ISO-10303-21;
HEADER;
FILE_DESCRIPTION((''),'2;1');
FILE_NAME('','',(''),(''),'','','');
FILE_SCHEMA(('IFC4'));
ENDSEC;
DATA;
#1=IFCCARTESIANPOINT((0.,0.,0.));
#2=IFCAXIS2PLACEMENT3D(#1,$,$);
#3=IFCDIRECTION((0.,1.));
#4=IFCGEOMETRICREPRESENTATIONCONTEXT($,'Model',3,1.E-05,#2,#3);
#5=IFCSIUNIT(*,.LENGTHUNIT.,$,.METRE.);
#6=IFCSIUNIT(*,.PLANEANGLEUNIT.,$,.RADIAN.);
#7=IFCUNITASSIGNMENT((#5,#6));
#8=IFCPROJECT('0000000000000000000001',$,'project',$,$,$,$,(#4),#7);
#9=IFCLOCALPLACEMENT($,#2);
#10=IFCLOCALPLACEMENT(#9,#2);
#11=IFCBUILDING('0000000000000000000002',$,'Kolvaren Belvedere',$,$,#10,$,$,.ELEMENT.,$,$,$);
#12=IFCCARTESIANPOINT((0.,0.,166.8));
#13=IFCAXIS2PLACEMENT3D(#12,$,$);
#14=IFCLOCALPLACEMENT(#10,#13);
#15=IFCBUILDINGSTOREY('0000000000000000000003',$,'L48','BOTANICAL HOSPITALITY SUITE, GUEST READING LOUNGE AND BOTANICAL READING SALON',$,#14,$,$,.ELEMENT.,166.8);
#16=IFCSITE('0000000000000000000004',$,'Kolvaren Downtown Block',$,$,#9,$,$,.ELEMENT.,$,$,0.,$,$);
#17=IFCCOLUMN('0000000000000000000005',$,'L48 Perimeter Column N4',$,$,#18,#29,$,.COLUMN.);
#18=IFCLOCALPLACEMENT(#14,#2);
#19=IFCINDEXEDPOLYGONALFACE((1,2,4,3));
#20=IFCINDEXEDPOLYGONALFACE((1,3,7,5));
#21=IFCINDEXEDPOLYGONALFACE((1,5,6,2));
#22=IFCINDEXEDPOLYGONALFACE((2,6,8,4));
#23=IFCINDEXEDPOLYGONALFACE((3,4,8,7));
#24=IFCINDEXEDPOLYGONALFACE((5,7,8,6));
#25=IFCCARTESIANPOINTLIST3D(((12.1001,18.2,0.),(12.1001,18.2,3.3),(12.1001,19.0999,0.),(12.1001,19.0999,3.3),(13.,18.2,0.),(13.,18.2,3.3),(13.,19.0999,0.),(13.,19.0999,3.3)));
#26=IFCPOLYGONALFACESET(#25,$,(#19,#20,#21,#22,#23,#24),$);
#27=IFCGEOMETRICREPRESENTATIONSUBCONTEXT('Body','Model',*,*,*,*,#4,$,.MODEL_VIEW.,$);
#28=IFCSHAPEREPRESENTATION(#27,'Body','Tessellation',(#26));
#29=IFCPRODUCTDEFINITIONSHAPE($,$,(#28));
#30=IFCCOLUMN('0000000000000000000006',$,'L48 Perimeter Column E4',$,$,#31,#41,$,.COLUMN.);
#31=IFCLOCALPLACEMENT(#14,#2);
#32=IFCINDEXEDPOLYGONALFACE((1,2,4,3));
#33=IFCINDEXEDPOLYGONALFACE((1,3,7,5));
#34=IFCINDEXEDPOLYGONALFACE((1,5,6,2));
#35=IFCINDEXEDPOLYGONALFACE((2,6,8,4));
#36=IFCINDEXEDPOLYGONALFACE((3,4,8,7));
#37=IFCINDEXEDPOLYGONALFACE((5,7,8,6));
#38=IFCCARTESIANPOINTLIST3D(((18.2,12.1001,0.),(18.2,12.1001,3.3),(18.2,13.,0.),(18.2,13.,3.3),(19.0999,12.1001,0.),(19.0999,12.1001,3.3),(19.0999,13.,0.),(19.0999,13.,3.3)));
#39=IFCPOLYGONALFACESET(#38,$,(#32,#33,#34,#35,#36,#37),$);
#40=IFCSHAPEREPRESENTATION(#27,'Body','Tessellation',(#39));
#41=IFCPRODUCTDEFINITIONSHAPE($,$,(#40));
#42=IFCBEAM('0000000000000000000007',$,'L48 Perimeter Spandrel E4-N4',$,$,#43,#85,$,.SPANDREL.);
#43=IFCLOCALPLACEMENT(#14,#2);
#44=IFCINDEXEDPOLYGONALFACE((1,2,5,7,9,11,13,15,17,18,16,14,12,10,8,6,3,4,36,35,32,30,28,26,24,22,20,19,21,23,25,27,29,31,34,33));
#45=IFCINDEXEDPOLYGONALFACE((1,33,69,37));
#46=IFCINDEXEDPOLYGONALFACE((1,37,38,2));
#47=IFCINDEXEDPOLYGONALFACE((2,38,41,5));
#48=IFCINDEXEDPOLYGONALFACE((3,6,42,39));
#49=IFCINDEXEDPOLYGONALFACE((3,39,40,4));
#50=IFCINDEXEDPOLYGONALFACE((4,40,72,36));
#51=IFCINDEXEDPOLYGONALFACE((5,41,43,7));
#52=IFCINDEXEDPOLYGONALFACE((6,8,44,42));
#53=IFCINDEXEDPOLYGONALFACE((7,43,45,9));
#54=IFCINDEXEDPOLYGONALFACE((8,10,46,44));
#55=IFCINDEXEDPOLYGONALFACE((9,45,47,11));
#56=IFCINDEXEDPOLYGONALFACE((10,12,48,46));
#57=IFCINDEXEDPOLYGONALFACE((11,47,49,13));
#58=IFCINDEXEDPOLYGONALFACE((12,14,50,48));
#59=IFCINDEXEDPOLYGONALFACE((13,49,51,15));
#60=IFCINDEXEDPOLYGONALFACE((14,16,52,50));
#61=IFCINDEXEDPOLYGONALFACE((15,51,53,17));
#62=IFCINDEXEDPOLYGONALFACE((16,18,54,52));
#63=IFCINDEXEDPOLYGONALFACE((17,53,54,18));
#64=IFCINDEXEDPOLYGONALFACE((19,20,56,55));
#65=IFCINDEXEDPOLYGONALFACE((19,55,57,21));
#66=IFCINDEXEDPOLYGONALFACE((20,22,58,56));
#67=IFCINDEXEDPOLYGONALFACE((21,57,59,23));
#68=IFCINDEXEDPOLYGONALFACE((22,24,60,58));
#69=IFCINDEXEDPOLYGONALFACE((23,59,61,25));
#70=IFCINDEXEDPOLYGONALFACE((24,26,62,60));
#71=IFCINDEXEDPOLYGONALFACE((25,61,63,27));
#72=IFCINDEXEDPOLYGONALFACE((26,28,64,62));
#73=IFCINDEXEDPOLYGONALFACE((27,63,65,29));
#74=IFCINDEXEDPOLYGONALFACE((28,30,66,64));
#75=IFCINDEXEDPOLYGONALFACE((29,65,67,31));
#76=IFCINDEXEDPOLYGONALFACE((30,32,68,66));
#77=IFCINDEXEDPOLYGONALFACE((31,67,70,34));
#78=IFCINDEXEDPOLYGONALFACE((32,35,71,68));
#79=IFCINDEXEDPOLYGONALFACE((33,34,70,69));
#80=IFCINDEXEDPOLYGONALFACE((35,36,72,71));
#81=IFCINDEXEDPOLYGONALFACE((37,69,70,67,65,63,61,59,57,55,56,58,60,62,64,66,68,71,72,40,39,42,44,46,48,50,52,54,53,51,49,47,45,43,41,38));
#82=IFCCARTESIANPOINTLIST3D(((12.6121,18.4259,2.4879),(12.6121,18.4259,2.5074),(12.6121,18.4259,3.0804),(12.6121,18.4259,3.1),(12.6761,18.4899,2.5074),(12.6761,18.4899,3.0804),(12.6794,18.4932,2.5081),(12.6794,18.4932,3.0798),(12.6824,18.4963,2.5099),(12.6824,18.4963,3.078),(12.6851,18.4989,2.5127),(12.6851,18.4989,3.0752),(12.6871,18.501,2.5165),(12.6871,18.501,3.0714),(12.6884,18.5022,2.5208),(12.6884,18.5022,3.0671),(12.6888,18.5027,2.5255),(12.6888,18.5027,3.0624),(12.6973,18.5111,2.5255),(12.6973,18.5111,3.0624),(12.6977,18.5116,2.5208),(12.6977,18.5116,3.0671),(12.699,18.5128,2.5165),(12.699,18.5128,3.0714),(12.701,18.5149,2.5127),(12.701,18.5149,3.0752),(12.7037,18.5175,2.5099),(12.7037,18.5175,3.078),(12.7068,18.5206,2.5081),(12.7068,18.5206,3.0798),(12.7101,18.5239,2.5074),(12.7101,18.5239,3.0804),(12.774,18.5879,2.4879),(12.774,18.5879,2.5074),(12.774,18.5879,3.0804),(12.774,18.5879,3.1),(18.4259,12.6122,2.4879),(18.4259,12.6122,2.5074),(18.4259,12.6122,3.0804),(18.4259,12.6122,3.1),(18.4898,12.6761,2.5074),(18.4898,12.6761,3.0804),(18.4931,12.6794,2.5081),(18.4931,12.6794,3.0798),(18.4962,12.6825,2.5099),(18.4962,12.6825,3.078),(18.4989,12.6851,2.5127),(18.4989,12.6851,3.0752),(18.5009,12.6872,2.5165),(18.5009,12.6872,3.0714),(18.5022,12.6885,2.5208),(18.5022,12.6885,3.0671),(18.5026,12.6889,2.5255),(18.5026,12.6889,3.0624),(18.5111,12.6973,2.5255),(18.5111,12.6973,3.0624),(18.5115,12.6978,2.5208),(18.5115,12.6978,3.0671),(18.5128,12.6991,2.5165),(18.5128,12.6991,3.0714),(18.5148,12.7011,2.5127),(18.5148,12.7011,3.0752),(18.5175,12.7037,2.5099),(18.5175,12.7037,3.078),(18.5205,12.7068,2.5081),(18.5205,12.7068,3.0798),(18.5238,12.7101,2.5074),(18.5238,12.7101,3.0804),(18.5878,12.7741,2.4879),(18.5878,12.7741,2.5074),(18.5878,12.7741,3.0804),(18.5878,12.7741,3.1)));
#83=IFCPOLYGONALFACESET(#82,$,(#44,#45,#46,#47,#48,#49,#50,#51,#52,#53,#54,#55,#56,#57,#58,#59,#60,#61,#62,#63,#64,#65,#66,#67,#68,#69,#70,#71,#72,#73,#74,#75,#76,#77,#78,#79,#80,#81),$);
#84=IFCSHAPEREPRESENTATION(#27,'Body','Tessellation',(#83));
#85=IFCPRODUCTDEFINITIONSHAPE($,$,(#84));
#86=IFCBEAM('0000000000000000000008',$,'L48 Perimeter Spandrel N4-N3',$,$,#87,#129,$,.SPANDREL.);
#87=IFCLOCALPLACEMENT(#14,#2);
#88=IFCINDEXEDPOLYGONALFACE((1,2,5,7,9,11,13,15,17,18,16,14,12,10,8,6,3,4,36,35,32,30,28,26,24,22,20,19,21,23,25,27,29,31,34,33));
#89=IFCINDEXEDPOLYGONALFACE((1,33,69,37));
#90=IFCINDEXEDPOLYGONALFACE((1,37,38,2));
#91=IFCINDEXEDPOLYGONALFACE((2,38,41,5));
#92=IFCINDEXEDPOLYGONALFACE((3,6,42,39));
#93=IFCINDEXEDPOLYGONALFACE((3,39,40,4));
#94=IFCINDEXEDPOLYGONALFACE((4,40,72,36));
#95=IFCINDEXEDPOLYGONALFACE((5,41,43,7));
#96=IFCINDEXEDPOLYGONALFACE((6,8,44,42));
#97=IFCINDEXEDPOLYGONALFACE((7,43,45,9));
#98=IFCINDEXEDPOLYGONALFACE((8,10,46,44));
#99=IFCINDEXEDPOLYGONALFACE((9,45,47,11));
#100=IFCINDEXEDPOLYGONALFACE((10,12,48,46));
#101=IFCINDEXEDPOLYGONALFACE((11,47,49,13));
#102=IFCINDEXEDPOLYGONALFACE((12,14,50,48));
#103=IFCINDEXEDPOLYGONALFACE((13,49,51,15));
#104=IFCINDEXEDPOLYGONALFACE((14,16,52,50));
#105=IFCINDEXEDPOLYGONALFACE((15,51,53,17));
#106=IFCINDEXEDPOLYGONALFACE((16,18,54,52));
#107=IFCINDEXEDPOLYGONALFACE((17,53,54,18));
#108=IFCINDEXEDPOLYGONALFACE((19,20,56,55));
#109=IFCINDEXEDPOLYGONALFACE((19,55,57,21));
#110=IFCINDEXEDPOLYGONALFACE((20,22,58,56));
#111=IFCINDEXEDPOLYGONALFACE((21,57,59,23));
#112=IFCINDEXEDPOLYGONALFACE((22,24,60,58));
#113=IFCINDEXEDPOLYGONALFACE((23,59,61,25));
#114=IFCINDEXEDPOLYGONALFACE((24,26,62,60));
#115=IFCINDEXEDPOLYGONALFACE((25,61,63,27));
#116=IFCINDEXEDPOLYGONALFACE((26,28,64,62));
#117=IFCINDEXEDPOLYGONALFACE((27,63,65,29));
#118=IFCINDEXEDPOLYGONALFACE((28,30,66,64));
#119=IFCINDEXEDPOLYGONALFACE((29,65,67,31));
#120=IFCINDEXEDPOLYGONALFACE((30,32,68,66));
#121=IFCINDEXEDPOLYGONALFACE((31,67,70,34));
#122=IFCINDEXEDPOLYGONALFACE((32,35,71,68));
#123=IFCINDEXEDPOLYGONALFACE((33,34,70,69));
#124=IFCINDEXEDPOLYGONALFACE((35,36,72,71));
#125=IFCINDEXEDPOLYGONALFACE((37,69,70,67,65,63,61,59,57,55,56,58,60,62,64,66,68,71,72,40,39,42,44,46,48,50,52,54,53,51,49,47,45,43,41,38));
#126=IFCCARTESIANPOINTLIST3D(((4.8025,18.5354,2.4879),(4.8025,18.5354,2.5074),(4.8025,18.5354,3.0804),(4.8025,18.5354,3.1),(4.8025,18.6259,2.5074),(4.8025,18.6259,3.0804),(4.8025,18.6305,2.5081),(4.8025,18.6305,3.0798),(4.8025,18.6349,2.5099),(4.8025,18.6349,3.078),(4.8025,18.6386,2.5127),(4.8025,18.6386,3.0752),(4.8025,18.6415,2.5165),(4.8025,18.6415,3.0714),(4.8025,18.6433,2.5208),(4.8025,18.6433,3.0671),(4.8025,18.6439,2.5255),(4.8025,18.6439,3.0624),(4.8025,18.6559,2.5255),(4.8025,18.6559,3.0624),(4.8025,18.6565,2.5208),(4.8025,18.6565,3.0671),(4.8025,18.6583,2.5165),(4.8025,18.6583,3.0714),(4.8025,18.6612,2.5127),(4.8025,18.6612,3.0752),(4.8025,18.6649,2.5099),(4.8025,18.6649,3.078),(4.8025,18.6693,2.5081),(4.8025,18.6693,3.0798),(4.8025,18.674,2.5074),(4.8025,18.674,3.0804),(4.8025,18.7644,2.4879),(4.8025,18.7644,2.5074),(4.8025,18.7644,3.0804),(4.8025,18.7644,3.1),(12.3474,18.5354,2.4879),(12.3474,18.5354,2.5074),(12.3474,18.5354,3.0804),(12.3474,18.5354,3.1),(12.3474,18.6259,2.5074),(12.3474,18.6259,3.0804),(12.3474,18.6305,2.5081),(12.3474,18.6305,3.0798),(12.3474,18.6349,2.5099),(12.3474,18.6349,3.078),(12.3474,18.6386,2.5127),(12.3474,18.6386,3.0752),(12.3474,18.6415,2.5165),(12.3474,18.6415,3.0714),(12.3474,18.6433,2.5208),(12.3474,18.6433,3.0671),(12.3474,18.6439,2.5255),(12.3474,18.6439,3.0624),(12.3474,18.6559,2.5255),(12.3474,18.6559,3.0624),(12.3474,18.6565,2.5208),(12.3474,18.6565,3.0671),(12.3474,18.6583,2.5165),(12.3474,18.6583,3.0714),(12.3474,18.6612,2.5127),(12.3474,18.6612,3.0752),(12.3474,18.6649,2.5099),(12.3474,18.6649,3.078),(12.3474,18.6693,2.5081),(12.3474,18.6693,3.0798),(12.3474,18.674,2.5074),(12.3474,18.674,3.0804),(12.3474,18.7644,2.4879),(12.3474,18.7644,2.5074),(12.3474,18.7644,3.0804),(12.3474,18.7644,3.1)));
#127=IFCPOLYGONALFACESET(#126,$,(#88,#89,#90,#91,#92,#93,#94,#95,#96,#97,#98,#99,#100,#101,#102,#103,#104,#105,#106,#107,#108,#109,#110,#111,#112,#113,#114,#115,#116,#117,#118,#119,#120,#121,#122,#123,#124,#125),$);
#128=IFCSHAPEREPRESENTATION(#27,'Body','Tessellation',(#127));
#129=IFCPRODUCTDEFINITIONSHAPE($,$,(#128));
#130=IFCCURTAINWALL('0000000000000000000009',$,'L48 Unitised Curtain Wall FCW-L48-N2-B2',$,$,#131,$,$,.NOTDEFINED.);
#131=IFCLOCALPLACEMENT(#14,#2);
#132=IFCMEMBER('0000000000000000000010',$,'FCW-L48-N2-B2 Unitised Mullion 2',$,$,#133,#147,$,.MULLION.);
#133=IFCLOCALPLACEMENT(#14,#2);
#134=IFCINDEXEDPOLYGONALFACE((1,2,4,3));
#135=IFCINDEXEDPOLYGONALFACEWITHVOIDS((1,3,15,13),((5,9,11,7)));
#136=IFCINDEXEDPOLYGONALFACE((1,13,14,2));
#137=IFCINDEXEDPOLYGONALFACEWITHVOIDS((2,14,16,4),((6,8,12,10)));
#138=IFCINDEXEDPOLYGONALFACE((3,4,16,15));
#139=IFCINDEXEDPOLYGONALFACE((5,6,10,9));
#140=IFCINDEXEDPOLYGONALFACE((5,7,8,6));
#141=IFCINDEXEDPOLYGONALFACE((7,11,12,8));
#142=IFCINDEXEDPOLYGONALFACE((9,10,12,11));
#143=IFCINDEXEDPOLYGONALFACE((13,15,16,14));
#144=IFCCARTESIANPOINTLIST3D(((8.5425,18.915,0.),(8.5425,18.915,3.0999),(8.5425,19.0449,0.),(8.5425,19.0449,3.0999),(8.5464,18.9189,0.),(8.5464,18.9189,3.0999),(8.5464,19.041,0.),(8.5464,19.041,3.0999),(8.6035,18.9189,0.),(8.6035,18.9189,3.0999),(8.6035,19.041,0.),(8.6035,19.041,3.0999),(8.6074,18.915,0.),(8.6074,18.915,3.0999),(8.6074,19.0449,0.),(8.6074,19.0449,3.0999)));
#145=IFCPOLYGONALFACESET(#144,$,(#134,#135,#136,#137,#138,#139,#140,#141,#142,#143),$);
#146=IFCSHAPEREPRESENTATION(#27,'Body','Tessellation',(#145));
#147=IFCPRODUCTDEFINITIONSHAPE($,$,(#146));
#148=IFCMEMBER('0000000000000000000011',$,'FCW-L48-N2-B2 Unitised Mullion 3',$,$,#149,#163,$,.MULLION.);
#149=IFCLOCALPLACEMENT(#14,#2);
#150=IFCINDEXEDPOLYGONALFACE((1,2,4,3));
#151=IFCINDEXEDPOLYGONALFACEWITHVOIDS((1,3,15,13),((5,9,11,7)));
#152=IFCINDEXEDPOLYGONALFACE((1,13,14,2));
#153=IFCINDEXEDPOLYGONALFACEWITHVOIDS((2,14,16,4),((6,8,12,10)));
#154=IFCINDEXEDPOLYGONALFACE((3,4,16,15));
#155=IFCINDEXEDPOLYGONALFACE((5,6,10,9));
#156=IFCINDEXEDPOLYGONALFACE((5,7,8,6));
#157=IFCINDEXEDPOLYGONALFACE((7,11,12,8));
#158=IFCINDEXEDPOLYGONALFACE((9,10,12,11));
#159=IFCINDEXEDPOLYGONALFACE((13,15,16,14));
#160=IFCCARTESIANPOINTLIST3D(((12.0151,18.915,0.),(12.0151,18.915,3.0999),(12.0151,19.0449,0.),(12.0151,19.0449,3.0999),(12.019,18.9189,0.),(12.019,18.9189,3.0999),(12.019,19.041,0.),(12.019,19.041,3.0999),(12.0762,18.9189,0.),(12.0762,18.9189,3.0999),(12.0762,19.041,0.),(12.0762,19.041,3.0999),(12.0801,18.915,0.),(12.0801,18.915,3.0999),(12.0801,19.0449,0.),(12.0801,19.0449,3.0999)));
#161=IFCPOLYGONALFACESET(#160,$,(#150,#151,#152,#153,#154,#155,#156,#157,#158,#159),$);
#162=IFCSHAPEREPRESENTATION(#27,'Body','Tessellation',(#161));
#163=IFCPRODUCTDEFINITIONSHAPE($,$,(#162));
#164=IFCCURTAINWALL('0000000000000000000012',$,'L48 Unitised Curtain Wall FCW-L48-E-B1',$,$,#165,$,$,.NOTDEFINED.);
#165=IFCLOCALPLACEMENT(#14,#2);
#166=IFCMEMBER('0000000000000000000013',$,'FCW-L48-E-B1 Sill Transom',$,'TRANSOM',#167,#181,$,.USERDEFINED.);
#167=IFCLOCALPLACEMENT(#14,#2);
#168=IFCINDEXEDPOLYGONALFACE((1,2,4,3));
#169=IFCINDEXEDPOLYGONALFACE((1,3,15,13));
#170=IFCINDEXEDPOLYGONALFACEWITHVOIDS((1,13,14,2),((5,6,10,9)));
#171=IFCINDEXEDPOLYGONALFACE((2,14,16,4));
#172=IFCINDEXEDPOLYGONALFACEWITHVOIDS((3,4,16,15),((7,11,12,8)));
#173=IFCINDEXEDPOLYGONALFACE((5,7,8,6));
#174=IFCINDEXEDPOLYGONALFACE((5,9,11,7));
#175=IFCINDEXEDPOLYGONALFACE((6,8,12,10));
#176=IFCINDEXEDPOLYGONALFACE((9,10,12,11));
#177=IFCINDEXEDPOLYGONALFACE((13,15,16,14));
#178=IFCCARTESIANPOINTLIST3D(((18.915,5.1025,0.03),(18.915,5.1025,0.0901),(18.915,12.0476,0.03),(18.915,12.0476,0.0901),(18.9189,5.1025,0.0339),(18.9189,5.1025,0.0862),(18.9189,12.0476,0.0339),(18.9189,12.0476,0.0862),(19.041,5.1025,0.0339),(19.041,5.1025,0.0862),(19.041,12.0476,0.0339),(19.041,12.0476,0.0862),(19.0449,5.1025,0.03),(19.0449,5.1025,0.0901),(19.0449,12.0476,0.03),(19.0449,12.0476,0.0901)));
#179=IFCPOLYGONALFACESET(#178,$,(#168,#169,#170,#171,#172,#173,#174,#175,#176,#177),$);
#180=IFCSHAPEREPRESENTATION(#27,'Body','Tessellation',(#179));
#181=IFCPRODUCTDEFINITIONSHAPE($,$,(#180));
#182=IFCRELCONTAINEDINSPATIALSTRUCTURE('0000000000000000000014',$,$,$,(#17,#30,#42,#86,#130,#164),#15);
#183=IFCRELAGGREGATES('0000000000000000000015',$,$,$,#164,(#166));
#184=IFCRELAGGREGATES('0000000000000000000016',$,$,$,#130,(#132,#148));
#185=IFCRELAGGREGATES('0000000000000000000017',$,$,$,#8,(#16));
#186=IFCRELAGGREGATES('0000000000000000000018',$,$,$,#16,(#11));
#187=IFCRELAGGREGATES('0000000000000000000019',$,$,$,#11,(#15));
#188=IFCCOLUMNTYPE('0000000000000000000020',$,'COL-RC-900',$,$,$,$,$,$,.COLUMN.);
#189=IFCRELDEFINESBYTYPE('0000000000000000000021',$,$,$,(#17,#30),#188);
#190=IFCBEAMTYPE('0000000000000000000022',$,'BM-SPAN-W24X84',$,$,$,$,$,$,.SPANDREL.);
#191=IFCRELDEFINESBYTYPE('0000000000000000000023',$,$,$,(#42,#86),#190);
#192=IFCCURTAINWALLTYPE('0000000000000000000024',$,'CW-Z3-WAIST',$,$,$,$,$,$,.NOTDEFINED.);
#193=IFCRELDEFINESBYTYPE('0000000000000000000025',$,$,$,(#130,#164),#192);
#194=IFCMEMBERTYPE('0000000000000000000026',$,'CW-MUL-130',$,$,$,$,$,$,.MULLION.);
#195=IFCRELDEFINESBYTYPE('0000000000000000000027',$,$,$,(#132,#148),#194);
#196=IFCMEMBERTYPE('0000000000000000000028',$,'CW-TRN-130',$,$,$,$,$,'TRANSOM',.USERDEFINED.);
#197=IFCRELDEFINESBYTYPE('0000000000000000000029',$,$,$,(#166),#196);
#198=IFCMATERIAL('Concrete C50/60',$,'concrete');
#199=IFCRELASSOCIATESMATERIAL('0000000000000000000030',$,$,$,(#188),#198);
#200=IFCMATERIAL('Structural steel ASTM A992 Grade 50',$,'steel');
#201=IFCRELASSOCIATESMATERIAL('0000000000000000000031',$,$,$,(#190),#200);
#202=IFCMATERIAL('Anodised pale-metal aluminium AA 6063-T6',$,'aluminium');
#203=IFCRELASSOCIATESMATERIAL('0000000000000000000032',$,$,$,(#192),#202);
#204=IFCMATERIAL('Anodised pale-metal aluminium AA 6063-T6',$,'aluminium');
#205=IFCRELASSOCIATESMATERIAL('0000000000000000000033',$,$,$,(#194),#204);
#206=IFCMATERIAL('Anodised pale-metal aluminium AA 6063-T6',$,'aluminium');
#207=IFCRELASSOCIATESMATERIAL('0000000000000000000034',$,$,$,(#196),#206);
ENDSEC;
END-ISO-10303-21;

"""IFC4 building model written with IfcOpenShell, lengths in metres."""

from ifc_helpers import new_model, si_unit, direction, frame, origin, origin_2d, place, context, subcontext, project, spatial, rectangle, hollow_rectangle, i_section, extrude, material, material_profile, profile_set, type_object, element, aggregate, save


model = new_model("IFC4")

# Units and contexts
model_context = context("Model", 3, precision=1e-05, world=origin(), true_north=direction((0.0, 1.0)))
body_context = subcontext(model_context, "Body", "Model", "MODEL_VIEW")
ifc_project = project(units=[si_unit("LENGTHUNIT", "METRE"), si_unit("PLANEANGLEUNIT", "RADIAN")], contexts=[model_context])

# Site, building, storey
site_placement = place(None, origin())
site = spatial("IfcSite", under=ifc_project, at=site_placement, Name="Kolvaren Downtown Block", CompositionType="ELEMENT", RefElevation=0.0)
building_placement = place(site_placement, origin())
building = spatial("IfcBuilding", under=site, at=building_placement, Name="Kolvaren Belvedere", CompositionType="ELEMENT")
storey_placement = place(building_placement, frame((0.0, 0.0, 166.8)))
storey = spatial("IfcBuildingStorey", under=building, at=storey_placement, Name="L48", Description="BOTANICAL HOSPITALITY SUITE, GUEST READING LOUNGE AND BOTANICAL READING SALON", CompositionType="ELEMENT", Elevation=166.8)

# Columns
ifc_material_1 = material(Name="Concrete C50/60", Category="concrete")
ifc_material_profile_1 = material_profile(ifc_material_1, rectangle(XDim=0.8999, YDim=0.8999, at=origin_2d()), Name="RC 900X900")
ifc_profile_set_1 = profile_set([ifc_material_profile_1], Name="Concrete C50/60")
column_type = type_object("IfcColumnType", Name="COL-RC-900", PredefinedType="COLUMN", material=ifc_profile_set_1)
for number, where, z_axis, x_axis, name in (
    (1, (12.55, 18.6499, 0.0), (0.0, 0.0, 1.0), (1.0, 0.0, 0.0), "L48 Perimeter Column N4"),
    (2, (18.6499, 12.55, 0.0), (0.0, 0.0, 1.0), (1.0, 0.0, 0.0), "L48 Perimeter Column E4"),
):
    element("IfcColumn", number, at=place(storey_placement, frame(where, z_axis=z_axis, x_axis=x_axis)), inside=storey, type_object=column_type, Name=name, PredefinedType="COLUMN", context=body_context, shape_type="SweptSolid", body=[
        extrude(rectangle(XDim=0.8999, YDim=0.8999, at=origin_2d()), origin(), (0.0, 0.0, 1.0), 3.3),
    ])

# Beams
ifc_material_2 = material(Name="Structural steel ASTM A992 Grade 50", Category="steel")
ifc_material_profile_2 = material_profile(ifc_material_2, i_section(OverallWidth=0.229, OverallDepth=0.6121, WebThickness=0.012, FlangeThickness=0.0195, FilletRadius=0.0181, at=origin_2d()), Name="W24X84")
ifc_profile_set_2 = profile_set([ifc_material_profile_2], Name="Structural steel ASTM A992 Grade 50")
beam_type = type_object("IfcBeamType", Name="BM-SPAN-W24X84", PredefinedType="SPANDREL", material=ifc_profile_set_2)
beam_1_placement = place(storey_placement, frame((18.5068, 12.6931, 2.7939), z_axis=(-0.707107, 0.707107, 0.0), x_axis=(-0.707107, -0.707107, 0.0)))
element("IfcBeam", 3, at=beam_1_placement, inside=storey, type_object=beam_type, Name="L48 Perimeter Spandrel E4-N4", PredefinedType="SPANDREL", context=body_context, shape_type="SweptSolid", body=[
    extrude(i_section(OverallWidth=0.229, OverallDepth=0.6121, WebThickness=0.012, FlangeThickness=0.0195, FilletRadius=0.0181, at=origin_2d()), origin(), (0.0, 0.0, 1.0), 8.2219),
])
beam_2_placement = place(storey_placement, frame((12.3474, 18.6499, 2.7939), z_axis=(-1.0, 0.0, 0.0), x_axis=(0.0, -1.0, 0.0)))
element("IfcBeam", 4, at=beam_2_placement, inside=storey, type_object=beam_type, Name="L48 Perimeter Spandrel N4-N3", PredefinedType="SPANDREL", context=body_context, shape_type="SweptSolid", body=[
    extrude(i_section(OverallWidth=0.229, OverallDepth=0.6121, WebThickness=0.012, FlangeThickness=0.0195, FilletRadius=0.0181, at=origin_2d()), origin(), (0.0, 0.0, 1.0), 7.5449),
])

# Curtain walls, members
ifc_material_3 = material(Name="Anodised pale-metal aluminium AA 6063-T6", Category="aluminium")
curtain_wall_type = type_object("IfcCurtainWallType", Name="CW-Z3-WAIST", PredefinedType="NOTDEFINED", material=ifc_material_3)
curtain_wall_1_placement = place(storey_placement, origin())
curtain_wall_1 = element("IfcCurtainWall", 5, at=curtain_wall_1_placement, inside=storey, type_object=curtain_wall_type, Name="L48 Unitised Curtain Wall FCW-L48-N2-B2", PredefinedType="NOTDEFINED")
ifc_material_4 = material(Name="Anodised pale-metal aluminium AA 6063-T6", Category="aluminium")
ifc_material_profile_3 = material_profile(ifc_material_4, hollow_rectangle(XDim=0.0649, YDim=0.1299, WallThickness=0.0039, at=origin_2d()), Name="ALU-MUL-130X65")
ifc_profile_set_3 = profile_set([ifc_material_profile_3], Name="Anodised pale-metal aluminium AA 6063-T6")
member_type_1 = type_object("IfcMemberType", Name="CW-MUL-130", PredefinedType="MULLION", material=ifc_profile_set_3)
member_1_placement = place(storey_placement, frame((8.575, 18.98, 0.0), z_axis=(0.0, 0.0, 1.0), x_axis=(1.0, 0.0, 0.0)))
member_1 = element("IfcMember", 6, at=member_1_placement, type_object=member_type_1, Name="FCW-L48-N2-B2 Unitised Mullion 2", PredefinedType="MULLION", context=body_context, shape_type="SweptSolid", body=[
    extrude(hollow_rectangle(XDim=0.0649, YDim=0.1299, WallThickness=0.0039, at=origin_2d()), origin(), (0.0, 0.0, 1.0), 3.0999),
])
member_2_placement = place(storey_placement, frame((12.0476, 18.98, 0.0), z_axis=(0.0, 0.0, 1.0), x_axis=(1.0, 0.0, 0.0)))
member_2 = element("IfcMember", 7, at=member_2_placement, type_object=member_type_1, Name="FCW-L48-N2-B2 Unitised Mullion 3", PredefinedType="MULLION", context=body_context, shape_type="SweptSolid", body=[
    extrude(hollow_rectangle(XDim=0.0649, YDim=0.1299, WallThickness=0.0039, at=origin_2d()), origin(), (0.0, 0.0, 1.0), 3.0999),
])
curtain_wall_2_placement = place(storey_placement, origin())
curtain_wall_2 = element("IfcCurtainWall", 8, at=curtain_wall_2_placement, inside=storey, type_object=curtain_wall_type, Name="L48 Unitised Curtain Wall FCW-L48-E-B1", PredefinedType="NOTDEFINED")
ifc_material_5 = material(Name="Anodised pale-metal aluminium AA 6063-T6", Category="aluminium")
ifc_material_profile_4 = material_profile(ifc_material_5, hollow_rectangle(XDim=0.0601, YDim=0.1299, WallThickness=0.0039, at=origin_2d()), Name="ALU-TRN-130X60")
ifc_profile_set_4 = profile_set([ifc_material_profile_4], Name="Anodised pale-metal aluminium AA 6063-T6")
member_type_2 = type_object("IfcMemberType", Name="CW-TRN-130", ElementType="TRANSOM", PredefinedType="USERDEFINED", material=ifc_profile_set_4)
member_3_placement = place(storey_placement, frame((18.98, 12.0476, 0.0601), z_axis=(0.0, -1.0, 0.0), x_axis=(0.0, 0.0, 1.0)))
member_3 = element("IfcMember", 9, at=member_3_placement, type_object=member_type_2, Name="FCW-L48-E-B1 Sill Transom", ObjectType="TRANSOM", PredefinedType="USERDEFINED", context=body_context, shape_type="SweptSolid", body=[
    extrude(hollow_rectangle(XDim=0.0601, YDim=0.1299, WallThickness=0.0039, at=origin_2d()), origin(), (0.0, 0.0, 1.0), 6.9451),
])
aggregate(curtain_wall_2, [member_3])

aggregate(curtain_wall_1, [member_1, member_2])

save(model, "model.ifc")
